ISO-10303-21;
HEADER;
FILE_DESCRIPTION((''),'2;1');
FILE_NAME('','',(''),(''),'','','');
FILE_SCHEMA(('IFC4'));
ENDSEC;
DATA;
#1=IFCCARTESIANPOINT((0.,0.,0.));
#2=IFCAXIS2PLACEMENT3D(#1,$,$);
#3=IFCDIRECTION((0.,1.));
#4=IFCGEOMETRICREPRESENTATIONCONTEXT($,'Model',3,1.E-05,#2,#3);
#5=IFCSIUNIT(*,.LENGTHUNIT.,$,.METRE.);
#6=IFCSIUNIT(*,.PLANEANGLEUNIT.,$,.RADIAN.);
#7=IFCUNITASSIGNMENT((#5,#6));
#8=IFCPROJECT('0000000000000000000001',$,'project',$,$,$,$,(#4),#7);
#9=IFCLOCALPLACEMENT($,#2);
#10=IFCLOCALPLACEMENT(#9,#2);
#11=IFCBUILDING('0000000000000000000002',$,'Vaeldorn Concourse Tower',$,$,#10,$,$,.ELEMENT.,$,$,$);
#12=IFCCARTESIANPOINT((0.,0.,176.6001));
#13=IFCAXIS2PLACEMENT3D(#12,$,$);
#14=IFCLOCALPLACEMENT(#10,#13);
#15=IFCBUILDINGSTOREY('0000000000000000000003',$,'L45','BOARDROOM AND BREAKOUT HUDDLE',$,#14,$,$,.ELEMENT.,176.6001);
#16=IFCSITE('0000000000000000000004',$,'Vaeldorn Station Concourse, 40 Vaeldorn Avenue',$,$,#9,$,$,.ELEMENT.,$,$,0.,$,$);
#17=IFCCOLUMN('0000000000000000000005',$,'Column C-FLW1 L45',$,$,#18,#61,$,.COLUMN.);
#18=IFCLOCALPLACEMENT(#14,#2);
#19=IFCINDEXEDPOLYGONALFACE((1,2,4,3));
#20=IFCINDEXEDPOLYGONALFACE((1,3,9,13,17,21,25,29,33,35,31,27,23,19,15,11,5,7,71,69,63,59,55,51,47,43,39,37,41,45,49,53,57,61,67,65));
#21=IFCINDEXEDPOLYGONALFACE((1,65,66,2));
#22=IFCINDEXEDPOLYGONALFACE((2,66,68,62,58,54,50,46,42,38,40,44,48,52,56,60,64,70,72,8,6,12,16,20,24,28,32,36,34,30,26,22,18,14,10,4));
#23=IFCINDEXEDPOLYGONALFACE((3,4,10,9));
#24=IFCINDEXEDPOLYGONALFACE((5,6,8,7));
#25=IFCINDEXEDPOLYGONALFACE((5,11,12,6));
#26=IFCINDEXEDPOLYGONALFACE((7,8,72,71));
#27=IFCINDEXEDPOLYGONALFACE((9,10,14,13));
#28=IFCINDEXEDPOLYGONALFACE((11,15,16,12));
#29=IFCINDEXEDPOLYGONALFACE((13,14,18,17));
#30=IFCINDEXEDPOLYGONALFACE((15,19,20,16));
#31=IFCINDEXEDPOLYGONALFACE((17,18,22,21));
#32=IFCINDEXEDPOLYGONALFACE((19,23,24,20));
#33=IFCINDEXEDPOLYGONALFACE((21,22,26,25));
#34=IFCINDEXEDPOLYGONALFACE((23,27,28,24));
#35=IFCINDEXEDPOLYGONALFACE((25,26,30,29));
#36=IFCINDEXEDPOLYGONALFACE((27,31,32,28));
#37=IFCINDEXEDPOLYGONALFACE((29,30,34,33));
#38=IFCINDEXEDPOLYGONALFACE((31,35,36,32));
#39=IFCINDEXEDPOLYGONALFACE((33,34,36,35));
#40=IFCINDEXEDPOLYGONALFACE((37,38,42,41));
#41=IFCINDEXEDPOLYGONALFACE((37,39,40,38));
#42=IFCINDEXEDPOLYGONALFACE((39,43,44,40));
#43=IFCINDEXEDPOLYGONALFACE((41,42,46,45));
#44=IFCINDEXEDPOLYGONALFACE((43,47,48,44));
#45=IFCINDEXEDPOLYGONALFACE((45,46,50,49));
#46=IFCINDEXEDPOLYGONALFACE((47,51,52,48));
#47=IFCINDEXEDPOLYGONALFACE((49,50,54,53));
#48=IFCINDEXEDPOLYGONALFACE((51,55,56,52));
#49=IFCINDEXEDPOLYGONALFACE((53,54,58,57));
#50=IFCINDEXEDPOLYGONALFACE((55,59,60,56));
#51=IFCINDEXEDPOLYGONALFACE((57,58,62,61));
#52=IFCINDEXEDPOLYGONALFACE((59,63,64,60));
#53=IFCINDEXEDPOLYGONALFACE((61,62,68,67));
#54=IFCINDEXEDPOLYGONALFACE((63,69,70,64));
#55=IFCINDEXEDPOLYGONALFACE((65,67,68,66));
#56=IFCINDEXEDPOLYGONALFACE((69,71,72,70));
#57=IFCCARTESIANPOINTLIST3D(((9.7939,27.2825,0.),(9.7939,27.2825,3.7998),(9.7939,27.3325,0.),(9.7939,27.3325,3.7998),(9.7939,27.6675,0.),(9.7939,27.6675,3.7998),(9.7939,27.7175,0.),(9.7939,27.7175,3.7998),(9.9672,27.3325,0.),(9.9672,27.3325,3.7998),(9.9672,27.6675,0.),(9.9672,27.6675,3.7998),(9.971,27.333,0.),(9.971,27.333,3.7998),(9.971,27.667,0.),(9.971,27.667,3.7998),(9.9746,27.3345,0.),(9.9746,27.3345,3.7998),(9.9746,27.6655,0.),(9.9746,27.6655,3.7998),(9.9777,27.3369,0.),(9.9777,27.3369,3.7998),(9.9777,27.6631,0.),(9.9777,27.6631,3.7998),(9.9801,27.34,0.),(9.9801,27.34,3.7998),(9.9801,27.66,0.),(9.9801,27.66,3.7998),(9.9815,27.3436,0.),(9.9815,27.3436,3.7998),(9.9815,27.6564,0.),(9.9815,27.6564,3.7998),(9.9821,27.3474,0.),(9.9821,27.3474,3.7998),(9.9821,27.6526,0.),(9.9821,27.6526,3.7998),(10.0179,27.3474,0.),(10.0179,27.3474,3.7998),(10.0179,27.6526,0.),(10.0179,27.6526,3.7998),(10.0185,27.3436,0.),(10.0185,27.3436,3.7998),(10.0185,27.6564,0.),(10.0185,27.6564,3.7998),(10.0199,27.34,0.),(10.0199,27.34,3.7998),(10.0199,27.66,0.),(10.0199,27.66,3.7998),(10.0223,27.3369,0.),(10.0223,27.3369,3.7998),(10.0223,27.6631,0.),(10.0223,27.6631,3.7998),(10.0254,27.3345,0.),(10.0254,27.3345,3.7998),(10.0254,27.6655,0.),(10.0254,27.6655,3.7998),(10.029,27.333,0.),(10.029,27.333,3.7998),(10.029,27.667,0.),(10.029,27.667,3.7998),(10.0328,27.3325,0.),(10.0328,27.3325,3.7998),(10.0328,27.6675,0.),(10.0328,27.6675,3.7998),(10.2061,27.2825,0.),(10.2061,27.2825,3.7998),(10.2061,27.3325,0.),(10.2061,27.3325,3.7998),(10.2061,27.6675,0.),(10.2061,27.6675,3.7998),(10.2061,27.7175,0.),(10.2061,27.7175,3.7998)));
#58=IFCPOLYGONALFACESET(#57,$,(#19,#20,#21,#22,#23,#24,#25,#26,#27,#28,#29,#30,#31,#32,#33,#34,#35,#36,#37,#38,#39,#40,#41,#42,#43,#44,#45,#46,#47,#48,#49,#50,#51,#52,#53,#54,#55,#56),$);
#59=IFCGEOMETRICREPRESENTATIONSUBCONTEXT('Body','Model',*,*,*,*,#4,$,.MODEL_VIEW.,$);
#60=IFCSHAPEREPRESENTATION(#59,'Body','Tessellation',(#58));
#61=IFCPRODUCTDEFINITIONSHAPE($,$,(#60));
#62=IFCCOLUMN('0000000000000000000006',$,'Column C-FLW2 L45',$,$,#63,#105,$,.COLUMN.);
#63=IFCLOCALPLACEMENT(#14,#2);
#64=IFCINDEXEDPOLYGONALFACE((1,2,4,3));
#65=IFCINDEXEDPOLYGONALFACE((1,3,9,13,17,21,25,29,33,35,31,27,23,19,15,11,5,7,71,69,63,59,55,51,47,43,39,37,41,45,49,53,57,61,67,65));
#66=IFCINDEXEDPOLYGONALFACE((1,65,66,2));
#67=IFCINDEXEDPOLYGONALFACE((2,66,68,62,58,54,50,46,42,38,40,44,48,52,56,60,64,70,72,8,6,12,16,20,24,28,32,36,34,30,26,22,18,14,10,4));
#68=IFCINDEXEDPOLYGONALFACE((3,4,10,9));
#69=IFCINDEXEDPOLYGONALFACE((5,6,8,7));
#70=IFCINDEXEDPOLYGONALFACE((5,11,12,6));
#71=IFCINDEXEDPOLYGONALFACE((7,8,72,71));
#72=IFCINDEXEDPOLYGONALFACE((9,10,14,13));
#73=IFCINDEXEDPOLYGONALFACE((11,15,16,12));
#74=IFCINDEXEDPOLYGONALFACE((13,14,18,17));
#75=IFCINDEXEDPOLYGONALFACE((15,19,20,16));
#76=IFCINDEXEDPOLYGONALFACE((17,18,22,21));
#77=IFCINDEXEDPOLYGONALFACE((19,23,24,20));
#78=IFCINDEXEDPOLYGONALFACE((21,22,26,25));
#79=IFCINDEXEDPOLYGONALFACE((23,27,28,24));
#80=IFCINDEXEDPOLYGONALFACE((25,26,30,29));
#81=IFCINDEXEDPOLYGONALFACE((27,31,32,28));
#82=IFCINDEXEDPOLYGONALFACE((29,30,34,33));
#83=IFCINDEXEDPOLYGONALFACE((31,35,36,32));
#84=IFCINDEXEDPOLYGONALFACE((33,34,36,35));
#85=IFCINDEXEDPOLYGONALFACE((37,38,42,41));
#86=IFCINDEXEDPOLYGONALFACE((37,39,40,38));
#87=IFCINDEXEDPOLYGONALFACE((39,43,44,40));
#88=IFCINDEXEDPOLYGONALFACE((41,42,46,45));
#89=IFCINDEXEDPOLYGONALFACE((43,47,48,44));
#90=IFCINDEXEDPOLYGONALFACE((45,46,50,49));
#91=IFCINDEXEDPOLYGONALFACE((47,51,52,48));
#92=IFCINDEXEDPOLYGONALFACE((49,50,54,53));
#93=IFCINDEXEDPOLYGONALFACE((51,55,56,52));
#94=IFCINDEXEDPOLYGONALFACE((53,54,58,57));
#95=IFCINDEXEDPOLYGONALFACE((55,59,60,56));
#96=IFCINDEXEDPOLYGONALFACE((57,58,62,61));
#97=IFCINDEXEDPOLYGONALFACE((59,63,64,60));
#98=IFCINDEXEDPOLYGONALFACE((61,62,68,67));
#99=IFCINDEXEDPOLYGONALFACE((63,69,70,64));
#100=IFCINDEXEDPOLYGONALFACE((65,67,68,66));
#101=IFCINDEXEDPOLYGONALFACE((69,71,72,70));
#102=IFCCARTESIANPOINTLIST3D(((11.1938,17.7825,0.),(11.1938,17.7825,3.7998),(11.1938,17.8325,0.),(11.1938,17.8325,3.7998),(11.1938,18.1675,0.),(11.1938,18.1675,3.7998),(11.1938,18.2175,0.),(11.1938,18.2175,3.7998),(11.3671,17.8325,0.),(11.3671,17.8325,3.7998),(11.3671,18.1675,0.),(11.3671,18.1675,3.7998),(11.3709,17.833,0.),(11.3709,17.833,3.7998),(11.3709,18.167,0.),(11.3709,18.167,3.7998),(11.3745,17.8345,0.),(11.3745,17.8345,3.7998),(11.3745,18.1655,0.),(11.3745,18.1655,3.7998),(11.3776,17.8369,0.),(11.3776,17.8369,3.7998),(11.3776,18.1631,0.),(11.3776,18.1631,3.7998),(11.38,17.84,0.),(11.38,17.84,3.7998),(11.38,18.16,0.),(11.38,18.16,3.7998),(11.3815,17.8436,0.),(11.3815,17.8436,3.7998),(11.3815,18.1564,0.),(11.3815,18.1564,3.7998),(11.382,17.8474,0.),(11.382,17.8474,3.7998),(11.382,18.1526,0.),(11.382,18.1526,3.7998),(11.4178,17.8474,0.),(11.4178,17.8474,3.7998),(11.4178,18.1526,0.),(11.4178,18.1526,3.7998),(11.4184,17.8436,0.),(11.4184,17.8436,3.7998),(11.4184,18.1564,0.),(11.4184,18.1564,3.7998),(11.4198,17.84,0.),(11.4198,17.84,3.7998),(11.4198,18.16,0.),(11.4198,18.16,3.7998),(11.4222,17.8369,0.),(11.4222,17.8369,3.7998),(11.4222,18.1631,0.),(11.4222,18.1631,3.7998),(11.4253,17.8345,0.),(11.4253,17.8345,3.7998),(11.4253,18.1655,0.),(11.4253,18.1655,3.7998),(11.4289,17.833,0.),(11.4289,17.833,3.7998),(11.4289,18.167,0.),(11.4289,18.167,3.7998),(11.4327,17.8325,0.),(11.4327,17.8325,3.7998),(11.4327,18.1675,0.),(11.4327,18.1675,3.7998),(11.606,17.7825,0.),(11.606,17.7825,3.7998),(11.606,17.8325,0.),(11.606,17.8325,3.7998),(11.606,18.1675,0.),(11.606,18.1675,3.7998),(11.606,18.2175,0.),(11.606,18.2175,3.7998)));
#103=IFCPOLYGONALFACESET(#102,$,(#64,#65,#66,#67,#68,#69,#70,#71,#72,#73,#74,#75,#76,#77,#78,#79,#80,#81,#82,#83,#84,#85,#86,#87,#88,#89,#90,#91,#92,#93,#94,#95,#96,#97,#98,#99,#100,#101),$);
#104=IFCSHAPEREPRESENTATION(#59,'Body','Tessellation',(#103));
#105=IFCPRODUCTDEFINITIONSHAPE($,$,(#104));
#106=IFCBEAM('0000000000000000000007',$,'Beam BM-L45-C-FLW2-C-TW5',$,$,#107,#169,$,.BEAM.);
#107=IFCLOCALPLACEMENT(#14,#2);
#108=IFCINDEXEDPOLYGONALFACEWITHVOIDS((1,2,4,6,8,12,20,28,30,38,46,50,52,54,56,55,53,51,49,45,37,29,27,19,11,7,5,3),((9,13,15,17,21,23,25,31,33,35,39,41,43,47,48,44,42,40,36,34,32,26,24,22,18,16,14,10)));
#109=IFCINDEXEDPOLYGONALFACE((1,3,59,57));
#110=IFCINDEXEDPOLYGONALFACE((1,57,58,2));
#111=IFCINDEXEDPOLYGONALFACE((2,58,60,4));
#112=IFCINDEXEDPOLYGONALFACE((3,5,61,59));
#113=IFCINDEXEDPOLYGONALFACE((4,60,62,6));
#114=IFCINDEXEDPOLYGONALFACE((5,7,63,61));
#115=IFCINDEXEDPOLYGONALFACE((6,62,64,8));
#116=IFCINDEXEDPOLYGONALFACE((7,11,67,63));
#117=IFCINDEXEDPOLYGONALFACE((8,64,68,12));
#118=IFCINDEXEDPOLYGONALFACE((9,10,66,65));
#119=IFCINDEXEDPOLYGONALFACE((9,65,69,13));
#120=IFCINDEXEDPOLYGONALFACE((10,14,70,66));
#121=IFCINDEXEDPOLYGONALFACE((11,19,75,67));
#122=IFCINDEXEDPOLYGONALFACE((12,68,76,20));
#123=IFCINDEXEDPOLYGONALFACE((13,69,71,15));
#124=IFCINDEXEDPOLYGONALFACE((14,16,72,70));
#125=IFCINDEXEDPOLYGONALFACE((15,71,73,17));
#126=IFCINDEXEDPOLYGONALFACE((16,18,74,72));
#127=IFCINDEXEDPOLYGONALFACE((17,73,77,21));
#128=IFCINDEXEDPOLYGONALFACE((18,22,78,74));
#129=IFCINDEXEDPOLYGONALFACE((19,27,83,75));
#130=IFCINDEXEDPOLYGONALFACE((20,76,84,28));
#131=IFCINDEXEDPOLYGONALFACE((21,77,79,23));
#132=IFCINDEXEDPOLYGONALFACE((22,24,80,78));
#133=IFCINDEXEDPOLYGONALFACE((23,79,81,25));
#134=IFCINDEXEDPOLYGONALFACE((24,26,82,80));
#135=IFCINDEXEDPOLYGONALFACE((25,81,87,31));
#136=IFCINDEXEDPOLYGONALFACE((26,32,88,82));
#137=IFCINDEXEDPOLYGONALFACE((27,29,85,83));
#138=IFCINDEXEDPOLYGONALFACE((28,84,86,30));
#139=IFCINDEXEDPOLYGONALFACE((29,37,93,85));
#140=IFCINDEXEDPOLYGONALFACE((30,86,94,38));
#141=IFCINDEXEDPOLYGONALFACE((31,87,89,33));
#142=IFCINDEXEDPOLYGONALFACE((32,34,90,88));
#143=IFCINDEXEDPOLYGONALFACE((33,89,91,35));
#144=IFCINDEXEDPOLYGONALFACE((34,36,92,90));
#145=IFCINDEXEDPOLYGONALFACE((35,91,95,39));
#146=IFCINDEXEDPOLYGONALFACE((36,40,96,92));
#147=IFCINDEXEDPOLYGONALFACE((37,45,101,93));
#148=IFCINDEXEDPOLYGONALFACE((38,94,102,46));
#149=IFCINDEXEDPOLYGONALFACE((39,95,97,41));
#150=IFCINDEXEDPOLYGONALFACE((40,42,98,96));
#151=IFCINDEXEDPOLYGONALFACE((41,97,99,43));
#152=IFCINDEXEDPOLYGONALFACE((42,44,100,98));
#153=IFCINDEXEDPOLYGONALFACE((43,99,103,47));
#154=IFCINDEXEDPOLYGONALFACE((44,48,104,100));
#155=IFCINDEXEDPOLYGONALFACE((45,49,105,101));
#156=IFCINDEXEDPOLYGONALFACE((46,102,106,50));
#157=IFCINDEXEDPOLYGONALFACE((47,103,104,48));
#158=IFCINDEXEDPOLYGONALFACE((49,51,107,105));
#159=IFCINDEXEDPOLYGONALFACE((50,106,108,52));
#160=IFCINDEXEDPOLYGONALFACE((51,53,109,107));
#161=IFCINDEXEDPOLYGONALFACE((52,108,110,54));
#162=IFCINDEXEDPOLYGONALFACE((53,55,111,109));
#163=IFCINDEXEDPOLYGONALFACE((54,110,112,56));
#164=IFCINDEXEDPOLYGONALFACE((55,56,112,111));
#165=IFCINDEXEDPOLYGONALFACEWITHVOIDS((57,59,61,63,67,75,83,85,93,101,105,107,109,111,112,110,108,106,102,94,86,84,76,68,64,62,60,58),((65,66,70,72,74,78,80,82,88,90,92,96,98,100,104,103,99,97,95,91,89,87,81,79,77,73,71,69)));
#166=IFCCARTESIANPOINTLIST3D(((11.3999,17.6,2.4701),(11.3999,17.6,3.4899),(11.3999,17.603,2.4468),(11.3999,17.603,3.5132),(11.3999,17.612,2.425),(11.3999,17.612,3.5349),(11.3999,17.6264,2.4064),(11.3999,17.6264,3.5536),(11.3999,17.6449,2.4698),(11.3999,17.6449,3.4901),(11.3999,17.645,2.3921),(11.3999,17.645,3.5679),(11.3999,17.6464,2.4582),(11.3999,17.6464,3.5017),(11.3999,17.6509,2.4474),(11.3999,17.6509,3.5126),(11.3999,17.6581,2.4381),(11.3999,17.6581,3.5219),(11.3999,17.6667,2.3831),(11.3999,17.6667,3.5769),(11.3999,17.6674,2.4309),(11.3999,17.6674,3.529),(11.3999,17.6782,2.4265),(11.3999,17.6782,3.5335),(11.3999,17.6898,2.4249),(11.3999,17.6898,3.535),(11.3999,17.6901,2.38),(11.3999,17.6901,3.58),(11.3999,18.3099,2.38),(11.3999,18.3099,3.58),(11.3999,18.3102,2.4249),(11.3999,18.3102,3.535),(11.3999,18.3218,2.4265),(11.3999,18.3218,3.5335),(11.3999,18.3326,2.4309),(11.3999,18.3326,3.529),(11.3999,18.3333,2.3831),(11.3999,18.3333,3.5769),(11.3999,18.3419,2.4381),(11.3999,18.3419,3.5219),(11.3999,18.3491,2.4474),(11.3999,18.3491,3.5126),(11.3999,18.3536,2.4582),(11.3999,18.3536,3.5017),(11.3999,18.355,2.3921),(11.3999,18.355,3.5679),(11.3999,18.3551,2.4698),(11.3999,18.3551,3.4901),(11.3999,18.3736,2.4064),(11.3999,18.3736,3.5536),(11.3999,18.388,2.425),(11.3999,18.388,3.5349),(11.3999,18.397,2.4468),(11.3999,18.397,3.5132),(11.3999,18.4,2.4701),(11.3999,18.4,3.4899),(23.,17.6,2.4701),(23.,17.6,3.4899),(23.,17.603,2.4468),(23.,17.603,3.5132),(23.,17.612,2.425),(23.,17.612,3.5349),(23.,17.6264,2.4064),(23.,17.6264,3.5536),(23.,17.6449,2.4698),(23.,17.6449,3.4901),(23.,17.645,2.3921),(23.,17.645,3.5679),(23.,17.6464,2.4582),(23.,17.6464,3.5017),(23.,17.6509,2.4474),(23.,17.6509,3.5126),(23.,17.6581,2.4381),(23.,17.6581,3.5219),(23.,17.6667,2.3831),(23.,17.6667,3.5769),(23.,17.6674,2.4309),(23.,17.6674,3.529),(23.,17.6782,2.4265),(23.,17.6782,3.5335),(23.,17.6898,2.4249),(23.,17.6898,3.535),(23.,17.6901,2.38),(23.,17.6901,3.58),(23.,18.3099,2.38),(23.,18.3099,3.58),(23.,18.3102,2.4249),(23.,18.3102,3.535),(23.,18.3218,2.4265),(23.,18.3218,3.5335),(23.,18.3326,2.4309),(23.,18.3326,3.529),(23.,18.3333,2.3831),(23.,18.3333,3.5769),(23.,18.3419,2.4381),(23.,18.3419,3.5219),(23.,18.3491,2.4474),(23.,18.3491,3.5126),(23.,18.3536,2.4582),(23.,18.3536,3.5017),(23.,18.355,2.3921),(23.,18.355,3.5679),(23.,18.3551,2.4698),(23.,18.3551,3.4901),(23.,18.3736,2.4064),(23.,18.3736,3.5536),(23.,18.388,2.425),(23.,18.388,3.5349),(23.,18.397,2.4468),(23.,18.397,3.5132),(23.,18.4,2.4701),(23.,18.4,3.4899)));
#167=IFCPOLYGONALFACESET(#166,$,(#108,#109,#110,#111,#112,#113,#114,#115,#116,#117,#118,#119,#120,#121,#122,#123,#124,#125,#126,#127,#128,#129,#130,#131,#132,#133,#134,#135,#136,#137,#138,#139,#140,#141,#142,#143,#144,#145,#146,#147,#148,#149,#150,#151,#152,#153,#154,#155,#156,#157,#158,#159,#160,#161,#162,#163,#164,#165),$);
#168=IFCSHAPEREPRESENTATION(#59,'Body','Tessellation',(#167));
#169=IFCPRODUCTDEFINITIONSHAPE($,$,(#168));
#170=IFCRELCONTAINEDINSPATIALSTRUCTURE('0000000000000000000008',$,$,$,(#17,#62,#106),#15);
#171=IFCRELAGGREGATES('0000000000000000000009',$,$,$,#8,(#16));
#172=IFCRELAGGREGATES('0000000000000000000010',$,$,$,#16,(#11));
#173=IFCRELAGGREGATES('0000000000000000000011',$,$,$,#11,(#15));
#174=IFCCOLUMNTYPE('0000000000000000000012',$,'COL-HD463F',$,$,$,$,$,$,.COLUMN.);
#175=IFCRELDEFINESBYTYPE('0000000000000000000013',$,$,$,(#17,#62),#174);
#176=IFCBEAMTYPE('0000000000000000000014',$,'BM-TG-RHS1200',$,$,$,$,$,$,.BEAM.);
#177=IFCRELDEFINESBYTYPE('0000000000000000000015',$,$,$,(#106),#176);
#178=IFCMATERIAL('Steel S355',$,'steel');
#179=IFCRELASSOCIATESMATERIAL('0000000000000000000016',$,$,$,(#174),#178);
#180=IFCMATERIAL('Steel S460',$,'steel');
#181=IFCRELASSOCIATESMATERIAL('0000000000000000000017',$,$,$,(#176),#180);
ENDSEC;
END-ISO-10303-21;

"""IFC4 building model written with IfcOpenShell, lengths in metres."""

from ifc_helpers import new_model, si_unit, direction, frame, origin, origin_2d, place, context, subcontext, project, spatial, hollow_rectangle, i_section, extrude, source, transform, mapped, material, material_profile, profile_set, type_object, element, save


model = new_model("IFC4")

# Units and contexts
model_context = context("Model", 3, precision=1e-05, world=origin(), true_north=direction((0.0, 1.0)))
body_context = subcontext(model_context, "Body", "Model", "MODEL_VIEW")
ifc_project = project(units=[si_unit("LENGTHUNIT", "METRE"), si_unit("PLANEANGLEUNIT", "RADIAN")], contexts=[model_context])

# Site, building, storey
site_placement = place(None, origin())
site = spatial("IfcSite", under=ifc_project, at=site_placement, Name="Vaeldorn Station Concourse, 40 Vaeldorn Avenue", CompositionType="ELEMENT", RefElevation=0.0)
building_placement = place(site_placement, origin())
building = spatial("IfcBuilding", under=site, at=building_placement, Name="Vaeldorn Concourse Tower", CompositionType="ELEMENT")
storey_placement = place(building_placement, frame((0.0, 0.0, 176.6001)))
storey = spatial("IfcBuildingStorey", under=building, at=storey_placement, Name="L45", Description="BOARDROOM AND BREAKOUT HUDDLE", CompositionType="ELEMENT", Elevation=176.6001)

# Columns
ifc_material_1 = material(Name="Steel S355", Category="steel")
ifc_material_profile_1 = material_profile(ifc_material_1, i_section(OverallWidth=0.4121, OverallDepth=0.4351, WebThickness=0.0359, FlangeThickness=0.05, FilletRadius=0.0149, at=origin_2d()), Name="HD 400x463")
ifc_profile_set_1 = profile_set([ifc_material_profile_1], Name="Steel S355")
column_type = type_object("IfcColumnType", Name="COL-HD463F", PredefinedType="COLUMN", material=ifc_profile_set_1)
shared_shape_1 = source(origin(), body_context, "Body", "SweptSolid", [
    extrude(i_section(OverallWidth=0.4121, OverallDepth=0.4351, WebThickness=0.0359, FlangeThickness=0.05, FilletRadius=0.0149, at=origin_2d()), origin(), (0.0, 0.0, 1.0), 3.7998),
])
for number, where, z_axis, x_axis, name in (
    (1, (10.0, 27.5, 0.0), (0.0, 0.0, 1.0), (1.0, 0.0, 0.0), "Column C-FLW1 L45"),
    (2, (11.3999, 18.0, 0.0), (0.0, 0.0, 1.0), (1.0, 0.0, 0.0), "Column C-FLW2 L45"),
):
    element("IfcColumn", number, at=place(storey_placement, frame(where, z_axis=z_axis, x_axis=x_axis)), inside=storey, type_object=column_type, Name=name, PredefinedType="COLUMN", context=body_context, shape_type="MappedRepresentation", body=[
        mapped(shared_shape_1, transform((0.0, 0.0, 0.0), scale=1.0)),
    ])

# Beam
ifc_material_2 = material(Name="Steel S460", Category="steel")
ifc_material_profile_2 = material_profile(ifc_material_2, hollow_rectangle(XDim=0.8, YDim=1.2, WallThickness=0.0449, InnerFilletRadius=0.0449, OuterFilletRadius=0.0901, at=origin_2d()), Name="RHS 1200x800x45")
ifc_profile_set_2 = profile_set([ifc_material_profile_2], Name="Steel S460")
beam_type_1 = type_object("IfcBeamType", Name="BM-TG-RHS1200", PredefinedType="BEAM", material=ifc_profile_set_2)
shared_shape_2 = source(origin(), body_context, "Body", "SweptSolid", [
    extrude(hollow_rectangle(XDim=0.8, YDim=1.2, WallThickness=0.0449, InnerFilletRadius=0.0449, OuterFilletRadius=0.0901, at=origin_2d()), origin(), (0.0, 0.0, 1.0), 11.6001),
])
beam_1_placement = place(storey_placement, frame((11.3999, 18.0, 2.98), z_axis=(1.0, 0.0, 0.0), x_axis=(0.0, 1.0, 0.0)))
element("IfcBeam", 3, at=beam_1_placement, inside=storey, type_object=beam_type_1, Name="Beam BM-L45-C-FLW2-C-TW5", PredefinedType="BEAM", context=body_context, shape_type="MappedRepresentation", body=[
    mapped(shared_shape_2, transform((0.0, 0.0, 0.0), scale=1.0)),
])

save(model, "model.ifc")
